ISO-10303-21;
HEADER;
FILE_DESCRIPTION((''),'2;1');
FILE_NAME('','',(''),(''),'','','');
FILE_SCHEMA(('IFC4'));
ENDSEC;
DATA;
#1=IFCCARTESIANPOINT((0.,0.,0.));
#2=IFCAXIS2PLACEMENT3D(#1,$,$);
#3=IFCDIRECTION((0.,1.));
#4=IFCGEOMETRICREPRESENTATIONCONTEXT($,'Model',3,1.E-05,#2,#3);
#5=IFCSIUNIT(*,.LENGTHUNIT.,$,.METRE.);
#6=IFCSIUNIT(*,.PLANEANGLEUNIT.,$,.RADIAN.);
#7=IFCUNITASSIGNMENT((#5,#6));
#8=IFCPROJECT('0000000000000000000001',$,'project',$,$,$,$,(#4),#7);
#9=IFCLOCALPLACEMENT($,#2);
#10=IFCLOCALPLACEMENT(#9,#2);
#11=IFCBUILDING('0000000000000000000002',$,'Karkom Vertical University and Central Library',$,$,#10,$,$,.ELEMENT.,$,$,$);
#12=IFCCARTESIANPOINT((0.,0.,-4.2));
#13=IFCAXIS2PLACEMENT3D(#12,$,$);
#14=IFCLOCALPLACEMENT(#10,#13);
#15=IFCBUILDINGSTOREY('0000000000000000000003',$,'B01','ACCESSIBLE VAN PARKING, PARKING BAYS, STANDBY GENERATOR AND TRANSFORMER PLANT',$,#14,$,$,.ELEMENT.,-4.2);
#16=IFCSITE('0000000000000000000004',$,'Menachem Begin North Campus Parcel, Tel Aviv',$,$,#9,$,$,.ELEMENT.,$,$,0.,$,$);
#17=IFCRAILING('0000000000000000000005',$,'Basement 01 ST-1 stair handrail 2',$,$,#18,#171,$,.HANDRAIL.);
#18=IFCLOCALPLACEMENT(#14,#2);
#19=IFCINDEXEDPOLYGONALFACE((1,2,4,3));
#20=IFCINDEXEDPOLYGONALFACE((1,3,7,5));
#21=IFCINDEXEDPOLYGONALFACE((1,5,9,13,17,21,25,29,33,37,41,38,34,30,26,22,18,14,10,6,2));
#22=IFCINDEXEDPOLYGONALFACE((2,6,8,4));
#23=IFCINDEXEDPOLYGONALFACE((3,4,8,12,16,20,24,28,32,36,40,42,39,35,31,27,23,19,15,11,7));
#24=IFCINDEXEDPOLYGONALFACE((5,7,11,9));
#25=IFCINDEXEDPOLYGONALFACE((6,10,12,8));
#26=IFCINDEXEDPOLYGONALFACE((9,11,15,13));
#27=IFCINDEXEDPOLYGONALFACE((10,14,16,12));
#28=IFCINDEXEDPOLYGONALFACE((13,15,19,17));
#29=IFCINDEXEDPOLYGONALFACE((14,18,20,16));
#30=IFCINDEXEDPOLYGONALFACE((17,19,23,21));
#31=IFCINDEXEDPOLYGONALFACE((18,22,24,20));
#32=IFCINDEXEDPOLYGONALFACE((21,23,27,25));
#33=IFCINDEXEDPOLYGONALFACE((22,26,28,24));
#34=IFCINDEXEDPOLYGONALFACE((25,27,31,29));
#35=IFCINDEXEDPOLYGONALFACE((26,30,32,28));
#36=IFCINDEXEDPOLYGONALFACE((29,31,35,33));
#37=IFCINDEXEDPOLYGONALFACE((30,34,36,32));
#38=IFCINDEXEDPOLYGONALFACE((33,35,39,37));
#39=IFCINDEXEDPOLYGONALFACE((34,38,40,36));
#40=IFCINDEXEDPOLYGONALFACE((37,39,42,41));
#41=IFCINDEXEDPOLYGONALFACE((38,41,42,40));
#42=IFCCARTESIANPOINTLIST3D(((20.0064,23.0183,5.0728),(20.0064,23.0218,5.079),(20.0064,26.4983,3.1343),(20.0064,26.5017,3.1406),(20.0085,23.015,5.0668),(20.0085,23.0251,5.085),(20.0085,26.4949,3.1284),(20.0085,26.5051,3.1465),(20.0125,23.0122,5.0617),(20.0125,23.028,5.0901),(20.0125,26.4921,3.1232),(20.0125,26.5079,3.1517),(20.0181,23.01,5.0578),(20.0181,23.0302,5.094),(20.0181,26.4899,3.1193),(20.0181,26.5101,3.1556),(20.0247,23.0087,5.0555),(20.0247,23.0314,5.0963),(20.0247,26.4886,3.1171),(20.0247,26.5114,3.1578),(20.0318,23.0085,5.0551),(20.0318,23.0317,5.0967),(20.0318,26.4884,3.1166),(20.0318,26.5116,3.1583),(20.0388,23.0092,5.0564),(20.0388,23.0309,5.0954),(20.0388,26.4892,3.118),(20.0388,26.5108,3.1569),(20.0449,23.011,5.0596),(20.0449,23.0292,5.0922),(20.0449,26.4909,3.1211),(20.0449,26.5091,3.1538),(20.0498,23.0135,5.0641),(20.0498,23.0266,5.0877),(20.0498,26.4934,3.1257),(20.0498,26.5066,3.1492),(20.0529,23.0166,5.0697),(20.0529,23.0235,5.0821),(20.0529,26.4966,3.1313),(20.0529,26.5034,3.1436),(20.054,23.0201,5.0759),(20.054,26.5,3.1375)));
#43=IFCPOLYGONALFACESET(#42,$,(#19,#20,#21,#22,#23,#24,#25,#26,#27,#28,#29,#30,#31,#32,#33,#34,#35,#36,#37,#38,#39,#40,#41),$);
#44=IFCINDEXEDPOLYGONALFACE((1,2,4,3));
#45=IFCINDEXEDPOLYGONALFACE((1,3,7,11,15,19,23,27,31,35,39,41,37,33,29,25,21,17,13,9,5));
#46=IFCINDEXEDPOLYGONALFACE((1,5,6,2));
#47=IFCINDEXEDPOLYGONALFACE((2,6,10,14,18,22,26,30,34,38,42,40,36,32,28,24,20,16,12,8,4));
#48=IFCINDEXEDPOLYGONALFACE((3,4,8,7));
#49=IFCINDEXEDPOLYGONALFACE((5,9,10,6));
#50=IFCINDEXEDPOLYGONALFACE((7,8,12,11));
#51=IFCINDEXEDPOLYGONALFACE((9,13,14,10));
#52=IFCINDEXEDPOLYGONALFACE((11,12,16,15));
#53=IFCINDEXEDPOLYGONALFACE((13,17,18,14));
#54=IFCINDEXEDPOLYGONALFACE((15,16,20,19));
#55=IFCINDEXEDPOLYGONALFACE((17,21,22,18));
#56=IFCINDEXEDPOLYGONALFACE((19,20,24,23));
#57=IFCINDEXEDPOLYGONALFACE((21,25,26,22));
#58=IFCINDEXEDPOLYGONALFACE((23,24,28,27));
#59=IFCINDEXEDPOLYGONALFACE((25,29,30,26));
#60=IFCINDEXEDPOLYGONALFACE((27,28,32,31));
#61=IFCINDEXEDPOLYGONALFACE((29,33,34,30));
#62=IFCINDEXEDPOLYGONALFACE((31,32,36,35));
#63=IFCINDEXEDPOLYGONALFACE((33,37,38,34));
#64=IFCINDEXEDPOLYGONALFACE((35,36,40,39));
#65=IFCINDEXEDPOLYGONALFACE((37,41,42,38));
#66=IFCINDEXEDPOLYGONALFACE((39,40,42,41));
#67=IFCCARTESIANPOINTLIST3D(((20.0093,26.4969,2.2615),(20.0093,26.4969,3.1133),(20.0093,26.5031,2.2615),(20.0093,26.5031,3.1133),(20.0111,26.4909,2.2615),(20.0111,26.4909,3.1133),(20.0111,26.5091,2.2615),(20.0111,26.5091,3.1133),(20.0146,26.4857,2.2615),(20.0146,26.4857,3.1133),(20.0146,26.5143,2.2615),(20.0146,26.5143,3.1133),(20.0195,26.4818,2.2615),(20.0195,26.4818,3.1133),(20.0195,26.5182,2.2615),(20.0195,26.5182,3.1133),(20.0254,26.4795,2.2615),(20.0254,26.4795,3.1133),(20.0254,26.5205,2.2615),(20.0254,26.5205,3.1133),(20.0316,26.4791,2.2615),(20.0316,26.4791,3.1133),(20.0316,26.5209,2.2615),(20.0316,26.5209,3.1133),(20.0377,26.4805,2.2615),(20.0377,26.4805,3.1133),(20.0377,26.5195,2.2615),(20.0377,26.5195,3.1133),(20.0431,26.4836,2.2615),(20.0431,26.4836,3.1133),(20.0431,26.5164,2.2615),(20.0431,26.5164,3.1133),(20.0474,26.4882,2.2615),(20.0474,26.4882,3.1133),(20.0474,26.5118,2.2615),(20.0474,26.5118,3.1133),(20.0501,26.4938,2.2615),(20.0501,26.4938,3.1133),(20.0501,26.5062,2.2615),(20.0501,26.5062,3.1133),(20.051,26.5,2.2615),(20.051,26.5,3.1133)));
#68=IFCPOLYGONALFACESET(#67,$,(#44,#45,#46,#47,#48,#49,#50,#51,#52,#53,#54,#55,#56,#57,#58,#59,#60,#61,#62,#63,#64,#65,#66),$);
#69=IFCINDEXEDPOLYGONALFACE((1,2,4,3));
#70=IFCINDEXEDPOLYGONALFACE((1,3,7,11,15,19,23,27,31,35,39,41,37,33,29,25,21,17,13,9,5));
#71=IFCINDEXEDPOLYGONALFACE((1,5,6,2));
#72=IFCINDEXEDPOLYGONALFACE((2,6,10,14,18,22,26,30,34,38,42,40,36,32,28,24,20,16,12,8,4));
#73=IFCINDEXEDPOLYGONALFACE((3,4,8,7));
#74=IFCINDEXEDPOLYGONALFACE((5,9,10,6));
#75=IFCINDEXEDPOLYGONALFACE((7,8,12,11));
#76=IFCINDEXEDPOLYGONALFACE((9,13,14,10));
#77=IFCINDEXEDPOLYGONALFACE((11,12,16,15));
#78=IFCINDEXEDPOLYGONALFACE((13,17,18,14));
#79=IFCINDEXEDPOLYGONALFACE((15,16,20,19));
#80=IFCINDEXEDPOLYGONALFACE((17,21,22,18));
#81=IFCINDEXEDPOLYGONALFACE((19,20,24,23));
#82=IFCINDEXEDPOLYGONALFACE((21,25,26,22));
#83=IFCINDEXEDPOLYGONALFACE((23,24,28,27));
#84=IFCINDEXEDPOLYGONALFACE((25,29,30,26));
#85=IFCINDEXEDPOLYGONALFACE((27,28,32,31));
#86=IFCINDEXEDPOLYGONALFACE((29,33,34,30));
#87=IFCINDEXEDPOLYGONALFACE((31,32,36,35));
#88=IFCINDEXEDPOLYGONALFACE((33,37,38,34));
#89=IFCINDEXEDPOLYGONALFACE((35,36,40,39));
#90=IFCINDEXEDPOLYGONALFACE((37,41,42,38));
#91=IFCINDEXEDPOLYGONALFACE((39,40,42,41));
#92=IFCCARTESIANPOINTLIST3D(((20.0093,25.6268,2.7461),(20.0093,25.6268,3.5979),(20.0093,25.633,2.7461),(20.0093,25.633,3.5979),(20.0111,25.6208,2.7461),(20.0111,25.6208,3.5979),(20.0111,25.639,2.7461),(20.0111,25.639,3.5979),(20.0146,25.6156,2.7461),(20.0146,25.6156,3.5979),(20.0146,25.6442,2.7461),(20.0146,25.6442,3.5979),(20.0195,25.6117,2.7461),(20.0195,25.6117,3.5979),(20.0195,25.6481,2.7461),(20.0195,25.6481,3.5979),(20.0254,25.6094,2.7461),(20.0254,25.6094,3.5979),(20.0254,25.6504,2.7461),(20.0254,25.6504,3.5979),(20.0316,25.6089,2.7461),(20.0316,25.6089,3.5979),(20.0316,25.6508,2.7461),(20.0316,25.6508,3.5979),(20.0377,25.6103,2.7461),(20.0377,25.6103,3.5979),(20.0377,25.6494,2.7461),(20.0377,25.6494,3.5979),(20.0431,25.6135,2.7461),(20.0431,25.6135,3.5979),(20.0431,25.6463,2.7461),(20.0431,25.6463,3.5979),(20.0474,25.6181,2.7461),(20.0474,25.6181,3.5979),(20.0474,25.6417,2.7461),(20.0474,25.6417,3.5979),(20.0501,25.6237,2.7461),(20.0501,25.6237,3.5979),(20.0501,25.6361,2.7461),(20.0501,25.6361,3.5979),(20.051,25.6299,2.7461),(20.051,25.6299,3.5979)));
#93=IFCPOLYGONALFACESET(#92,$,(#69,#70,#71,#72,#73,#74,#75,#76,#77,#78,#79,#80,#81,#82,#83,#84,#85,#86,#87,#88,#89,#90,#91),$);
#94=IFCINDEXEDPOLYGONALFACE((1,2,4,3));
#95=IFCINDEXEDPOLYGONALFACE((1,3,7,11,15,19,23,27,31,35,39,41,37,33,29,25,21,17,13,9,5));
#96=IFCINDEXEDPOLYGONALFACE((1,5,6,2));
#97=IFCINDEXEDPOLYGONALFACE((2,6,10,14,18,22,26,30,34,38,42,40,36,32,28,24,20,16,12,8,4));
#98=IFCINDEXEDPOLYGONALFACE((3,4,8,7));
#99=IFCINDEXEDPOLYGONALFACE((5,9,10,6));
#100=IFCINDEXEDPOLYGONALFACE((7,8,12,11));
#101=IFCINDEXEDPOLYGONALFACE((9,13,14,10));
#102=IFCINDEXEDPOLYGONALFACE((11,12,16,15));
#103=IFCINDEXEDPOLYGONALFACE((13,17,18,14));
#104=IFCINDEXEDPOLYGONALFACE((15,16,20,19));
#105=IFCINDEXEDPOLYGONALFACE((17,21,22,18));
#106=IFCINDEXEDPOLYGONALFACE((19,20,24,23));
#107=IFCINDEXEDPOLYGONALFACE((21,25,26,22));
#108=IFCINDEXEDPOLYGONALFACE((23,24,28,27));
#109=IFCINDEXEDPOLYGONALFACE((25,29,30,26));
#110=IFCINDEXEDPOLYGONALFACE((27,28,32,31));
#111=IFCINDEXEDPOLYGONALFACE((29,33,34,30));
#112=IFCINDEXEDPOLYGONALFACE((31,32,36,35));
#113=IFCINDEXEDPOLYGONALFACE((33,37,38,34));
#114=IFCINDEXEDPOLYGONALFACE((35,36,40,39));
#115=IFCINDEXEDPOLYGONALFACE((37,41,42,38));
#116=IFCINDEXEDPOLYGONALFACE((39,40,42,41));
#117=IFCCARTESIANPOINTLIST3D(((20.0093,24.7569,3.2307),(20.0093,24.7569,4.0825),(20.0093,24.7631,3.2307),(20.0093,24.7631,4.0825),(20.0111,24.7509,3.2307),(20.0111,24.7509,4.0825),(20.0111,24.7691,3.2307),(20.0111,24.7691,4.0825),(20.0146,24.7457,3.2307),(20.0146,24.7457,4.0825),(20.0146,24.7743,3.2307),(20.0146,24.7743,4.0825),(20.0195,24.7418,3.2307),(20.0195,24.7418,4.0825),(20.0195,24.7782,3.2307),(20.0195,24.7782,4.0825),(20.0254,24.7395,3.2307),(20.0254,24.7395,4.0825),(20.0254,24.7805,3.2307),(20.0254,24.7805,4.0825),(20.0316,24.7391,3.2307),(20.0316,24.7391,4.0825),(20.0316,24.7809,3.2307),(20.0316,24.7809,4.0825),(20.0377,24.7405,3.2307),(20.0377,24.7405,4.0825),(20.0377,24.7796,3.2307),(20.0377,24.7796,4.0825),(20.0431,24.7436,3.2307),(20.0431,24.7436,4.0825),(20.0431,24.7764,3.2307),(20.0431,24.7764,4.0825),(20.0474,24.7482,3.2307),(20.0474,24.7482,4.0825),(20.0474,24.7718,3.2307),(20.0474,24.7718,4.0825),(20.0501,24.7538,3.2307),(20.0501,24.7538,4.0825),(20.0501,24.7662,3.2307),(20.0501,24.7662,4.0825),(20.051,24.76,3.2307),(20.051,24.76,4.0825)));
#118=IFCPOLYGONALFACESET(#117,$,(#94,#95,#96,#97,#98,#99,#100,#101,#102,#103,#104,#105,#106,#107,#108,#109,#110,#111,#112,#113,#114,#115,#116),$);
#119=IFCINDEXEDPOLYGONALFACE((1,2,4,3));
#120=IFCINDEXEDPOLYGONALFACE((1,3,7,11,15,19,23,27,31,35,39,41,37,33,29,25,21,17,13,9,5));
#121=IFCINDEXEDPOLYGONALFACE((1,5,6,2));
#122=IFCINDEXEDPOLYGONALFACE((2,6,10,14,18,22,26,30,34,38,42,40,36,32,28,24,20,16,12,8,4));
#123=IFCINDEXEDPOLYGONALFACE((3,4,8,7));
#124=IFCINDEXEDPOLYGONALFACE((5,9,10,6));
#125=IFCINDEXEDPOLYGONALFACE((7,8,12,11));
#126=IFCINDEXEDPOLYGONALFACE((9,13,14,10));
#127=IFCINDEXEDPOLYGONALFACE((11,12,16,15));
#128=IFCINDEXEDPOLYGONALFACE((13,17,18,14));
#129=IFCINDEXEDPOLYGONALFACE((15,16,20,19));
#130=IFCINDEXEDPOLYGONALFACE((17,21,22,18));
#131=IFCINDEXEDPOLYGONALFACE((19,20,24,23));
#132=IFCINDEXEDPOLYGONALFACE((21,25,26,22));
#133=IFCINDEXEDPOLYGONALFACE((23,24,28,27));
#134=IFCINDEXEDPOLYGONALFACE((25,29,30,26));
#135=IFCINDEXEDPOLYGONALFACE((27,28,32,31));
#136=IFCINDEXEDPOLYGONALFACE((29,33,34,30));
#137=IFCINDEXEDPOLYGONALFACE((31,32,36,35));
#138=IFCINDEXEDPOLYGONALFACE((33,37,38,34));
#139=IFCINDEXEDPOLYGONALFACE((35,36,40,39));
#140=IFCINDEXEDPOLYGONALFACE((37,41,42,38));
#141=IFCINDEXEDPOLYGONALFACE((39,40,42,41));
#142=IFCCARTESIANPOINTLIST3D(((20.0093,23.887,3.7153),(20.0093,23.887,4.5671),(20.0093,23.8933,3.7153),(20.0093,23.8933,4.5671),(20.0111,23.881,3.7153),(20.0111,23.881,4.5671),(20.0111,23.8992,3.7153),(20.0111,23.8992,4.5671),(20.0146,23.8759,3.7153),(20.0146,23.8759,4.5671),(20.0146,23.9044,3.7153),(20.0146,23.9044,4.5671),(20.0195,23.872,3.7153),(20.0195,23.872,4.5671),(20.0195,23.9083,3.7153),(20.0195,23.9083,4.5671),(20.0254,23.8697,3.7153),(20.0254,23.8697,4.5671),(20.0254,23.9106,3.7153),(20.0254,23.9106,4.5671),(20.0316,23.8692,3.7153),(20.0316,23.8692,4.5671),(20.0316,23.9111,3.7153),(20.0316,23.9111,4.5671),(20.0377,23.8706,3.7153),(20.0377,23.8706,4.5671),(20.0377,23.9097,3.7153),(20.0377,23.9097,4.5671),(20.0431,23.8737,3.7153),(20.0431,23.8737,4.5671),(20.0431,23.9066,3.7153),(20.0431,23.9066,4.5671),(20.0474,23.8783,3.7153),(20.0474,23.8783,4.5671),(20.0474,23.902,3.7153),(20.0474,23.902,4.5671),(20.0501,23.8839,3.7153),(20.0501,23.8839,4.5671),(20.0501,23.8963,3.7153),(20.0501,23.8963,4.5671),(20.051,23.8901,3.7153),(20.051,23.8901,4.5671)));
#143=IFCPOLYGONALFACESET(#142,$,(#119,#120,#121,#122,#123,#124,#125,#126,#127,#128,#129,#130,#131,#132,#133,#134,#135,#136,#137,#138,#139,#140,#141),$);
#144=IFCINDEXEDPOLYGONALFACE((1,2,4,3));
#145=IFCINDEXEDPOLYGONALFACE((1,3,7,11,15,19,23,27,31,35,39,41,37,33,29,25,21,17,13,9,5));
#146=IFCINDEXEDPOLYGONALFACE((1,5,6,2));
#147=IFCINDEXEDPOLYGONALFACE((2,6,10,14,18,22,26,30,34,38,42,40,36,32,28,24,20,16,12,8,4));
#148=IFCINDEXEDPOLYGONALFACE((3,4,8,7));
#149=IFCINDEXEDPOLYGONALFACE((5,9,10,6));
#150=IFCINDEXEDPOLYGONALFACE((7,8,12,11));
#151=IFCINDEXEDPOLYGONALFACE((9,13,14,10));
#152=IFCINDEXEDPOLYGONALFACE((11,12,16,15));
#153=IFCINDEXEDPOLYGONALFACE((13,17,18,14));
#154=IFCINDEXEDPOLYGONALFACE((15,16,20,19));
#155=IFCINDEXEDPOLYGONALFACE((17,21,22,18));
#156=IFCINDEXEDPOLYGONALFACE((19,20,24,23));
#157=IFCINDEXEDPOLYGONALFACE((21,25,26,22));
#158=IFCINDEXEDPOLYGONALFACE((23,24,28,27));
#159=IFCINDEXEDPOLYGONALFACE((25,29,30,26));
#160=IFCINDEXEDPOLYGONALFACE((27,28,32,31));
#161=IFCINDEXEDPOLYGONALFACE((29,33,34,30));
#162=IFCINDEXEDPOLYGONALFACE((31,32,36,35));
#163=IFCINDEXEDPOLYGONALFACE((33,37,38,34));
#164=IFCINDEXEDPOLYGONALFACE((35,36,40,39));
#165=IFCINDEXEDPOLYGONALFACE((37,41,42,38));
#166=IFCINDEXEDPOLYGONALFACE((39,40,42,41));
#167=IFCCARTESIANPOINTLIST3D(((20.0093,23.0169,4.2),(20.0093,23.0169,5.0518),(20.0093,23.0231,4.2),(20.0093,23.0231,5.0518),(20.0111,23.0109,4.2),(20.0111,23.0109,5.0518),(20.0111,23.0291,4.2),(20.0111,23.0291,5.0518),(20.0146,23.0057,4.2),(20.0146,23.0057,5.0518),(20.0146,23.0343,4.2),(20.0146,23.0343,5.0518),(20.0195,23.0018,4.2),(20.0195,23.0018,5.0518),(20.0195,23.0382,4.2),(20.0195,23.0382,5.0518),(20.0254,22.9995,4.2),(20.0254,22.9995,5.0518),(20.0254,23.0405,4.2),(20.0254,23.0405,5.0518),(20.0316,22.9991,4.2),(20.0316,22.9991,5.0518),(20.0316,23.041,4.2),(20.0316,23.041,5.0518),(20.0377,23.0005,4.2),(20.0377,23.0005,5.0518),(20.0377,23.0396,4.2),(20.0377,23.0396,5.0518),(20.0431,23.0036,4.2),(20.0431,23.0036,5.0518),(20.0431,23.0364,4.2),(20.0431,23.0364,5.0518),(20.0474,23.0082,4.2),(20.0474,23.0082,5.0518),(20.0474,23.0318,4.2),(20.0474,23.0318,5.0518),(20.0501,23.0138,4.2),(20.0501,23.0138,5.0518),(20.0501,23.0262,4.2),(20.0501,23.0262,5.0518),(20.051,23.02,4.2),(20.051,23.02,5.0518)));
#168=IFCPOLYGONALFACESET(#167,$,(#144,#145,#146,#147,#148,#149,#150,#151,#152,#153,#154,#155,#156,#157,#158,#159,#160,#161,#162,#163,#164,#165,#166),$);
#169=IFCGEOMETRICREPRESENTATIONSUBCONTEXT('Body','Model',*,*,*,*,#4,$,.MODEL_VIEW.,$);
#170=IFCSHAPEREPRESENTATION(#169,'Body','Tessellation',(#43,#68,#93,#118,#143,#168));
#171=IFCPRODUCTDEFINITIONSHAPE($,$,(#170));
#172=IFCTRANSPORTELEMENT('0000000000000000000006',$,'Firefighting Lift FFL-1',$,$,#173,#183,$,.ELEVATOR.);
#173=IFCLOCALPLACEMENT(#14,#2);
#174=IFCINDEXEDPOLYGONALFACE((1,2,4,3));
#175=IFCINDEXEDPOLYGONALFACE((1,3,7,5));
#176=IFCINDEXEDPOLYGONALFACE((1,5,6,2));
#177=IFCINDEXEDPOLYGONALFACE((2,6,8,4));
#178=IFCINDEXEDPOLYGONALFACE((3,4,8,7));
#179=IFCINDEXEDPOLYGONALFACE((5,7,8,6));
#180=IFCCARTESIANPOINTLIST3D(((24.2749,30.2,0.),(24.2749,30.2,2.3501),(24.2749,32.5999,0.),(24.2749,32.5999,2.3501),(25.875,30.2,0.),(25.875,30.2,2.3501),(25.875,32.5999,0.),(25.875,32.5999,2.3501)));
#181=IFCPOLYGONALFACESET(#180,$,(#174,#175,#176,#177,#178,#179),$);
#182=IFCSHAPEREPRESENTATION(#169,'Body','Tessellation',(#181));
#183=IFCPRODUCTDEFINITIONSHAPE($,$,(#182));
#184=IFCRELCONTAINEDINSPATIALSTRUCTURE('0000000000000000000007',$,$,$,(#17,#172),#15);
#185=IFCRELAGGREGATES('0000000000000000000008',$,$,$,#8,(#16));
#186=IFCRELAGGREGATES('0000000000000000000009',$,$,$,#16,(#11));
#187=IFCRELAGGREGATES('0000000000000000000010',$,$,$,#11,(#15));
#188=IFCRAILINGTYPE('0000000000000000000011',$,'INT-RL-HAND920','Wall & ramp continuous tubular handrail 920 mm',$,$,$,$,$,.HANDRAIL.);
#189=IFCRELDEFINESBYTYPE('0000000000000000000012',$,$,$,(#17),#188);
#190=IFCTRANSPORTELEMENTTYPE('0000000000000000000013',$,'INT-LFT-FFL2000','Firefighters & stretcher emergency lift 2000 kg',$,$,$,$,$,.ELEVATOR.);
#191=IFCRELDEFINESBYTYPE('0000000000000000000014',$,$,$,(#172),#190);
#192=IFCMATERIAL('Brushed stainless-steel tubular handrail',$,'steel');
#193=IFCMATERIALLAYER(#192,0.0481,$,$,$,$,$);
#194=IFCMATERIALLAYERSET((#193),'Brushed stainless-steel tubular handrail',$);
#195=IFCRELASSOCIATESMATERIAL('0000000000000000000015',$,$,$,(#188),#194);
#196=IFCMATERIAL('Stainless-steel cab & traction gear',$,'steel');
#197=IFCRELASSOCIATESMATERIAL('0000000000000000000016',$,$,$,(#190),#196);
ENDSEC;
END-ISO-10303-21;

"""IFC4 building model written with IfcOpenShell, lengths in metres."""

from ifc_helpers import new_model, si_unit, direction, frame, origin, origin_with_axes, origin_2d, place, context, subcontext, project, spatial, rectangle, circle, extrude, source, transform, mapped, material, layer, layer_set, type_object, element, save


model = new_model("IFC4")

# Units and contexts
model_context = context("Model", 3, precision=1e-05, world=origin(), true_north=direction((0.0, 1.0)))
body_context = subcontext(model_context, "Body", "Model", "MODEL_VIEW")
ifc_project = project(units=[si_unit("LENGTHUNIT", "METRE"), si_unit("PLANEANGLEUNIT", "RADIAN")], contexts=[model_context])

# Site, building, storey
site_placement = place(None, origin())
site = spatial("IfcSite", under=ifc_project, at=site_placement, Name="Menachem Begin North Campus Parcel, Tel Aviv", CompositionType="ELEMENT", RefElevation=0.0)
building_placement = place(site_placement, origin())
building = spatial("IfcBuilding", under=site, at=building_placement, Name="Karkom Vertical University and Central Library", CompositionType="ELEMENT")
storey_placement = place(building_placement, frame((0.0, 0.0, -4.2)))
storey = spatial("IfcBuildingStorey", under=building, at=storey_placement, Name="B01", Description="ACCESSIBLE VAN PARKING, PARKING BAYS, STANDBY GENERATOR AND TRANSFORMER PLANT", CompositionType="ELEMENT", Elevation=-4.2)

# Railing
ifc_material_1 = material(Name="Brushed stainless-steel tubular handrail", Category="steel")
ifc_layer_1 = layer(ifc_material_1, 0.0481)
ifc_layer_set_1 = layer_set([ifc_layer_1], Name="Brushed stainless-steel tubular handrail")
railing_type_1 = type_object("IfcRailingType", Name="INT-RL-HAND920", Description="Wall & ramp continuous tubular handrail 920 mm", PredefinedType="HANDRAIL", material=ifc_layer_set_1)
railing_1_placement = place(storey_placement, frame((20.03, 26.5, 2.2615)))
element("IfcRailing", 1, at=railing_1_placement, inside=storey, type_object=railing_type_1, Name="Basement 01 ST-1 stair handrail 2", PredefinedType="HANDRAIL", context=body_context, shape_type="SweptSolid", body=[
    extrude(circle(Radius=0.0239, at=origin_2d()), frame((0.0, 0.0, 0.876), z_axis=(0.0, -0.873607, 0.486631), x_axis=(1.0, 0.0, 0.0)), (0.0, 0.0, 1.0), 3.9834),
    extrude(circle(Radius=0.021, at=origin_2d()), origin(), (0.0, 0.0, 1.0), 0.8518),
    extrude(circle(Radius=0.021, at=origin_2d()), frame((0.0, -0.8701, 0.4846)), (0.0, 0.0, 1.0), 0.8518),
    extrude(circle(Radius=0.021, at=origin_2d()), frame((0.0, -1.74, 0.9692)), (0.0, 0.0, 1.0), 0.8518),
    extrude(circle(Radius=0.021, at=origin_2d()), frame((0.0, -2.6099, 1.4539)), (0.0, 0.0, 1.0), 0.8518),
    extrude(circle(Radius=0.021, at=origin_2d()), frame((0.0, -3.48, 1.9385)), (0.0, 0.0, 1.0), 0.8518),
])

# Transport element
ifc_material_2 = material(Name="Stainless-steel cab & traction gear", Category="steel")
transport_element_type = type_object("IfcTransportElementType", Name="INT-LFT-FFL2000", Description="Firefighters & stretcher emergency lift 2000 kg", PredefinedType="ELEVATOR", material=ifc_material_2)
shared_shape_1 = source(origin_with_axes(), body_context, "Body", "SweptSolid", [
    extrude(rectangle(XDim=1.6001, YDim=2.3999, at=origin_2d()), origin(), (0.0, 0.0, 1.0), 2.3501),
])
transport_element_placement = place(storey_placement, frame((25.075, 31.3999, 0.0), z_axis=(0.0, 0.0, 1.0), x_axis=(1.0, 0.0, 0.0)))
element("IfcTransportElement", 2, at=transport_element_placement, inside=storey, type_object=transport_element_type, Name="Firefighting Lift FFL-1", PredefinedType="ELEVATOR", context=body_context, shape_type="MappedRepresentation", body=[
    mapped(shared_shape_1, transform((0.0, 0.0, 0.0), scale=1.0)),
])

save(model, "model.ifc")
